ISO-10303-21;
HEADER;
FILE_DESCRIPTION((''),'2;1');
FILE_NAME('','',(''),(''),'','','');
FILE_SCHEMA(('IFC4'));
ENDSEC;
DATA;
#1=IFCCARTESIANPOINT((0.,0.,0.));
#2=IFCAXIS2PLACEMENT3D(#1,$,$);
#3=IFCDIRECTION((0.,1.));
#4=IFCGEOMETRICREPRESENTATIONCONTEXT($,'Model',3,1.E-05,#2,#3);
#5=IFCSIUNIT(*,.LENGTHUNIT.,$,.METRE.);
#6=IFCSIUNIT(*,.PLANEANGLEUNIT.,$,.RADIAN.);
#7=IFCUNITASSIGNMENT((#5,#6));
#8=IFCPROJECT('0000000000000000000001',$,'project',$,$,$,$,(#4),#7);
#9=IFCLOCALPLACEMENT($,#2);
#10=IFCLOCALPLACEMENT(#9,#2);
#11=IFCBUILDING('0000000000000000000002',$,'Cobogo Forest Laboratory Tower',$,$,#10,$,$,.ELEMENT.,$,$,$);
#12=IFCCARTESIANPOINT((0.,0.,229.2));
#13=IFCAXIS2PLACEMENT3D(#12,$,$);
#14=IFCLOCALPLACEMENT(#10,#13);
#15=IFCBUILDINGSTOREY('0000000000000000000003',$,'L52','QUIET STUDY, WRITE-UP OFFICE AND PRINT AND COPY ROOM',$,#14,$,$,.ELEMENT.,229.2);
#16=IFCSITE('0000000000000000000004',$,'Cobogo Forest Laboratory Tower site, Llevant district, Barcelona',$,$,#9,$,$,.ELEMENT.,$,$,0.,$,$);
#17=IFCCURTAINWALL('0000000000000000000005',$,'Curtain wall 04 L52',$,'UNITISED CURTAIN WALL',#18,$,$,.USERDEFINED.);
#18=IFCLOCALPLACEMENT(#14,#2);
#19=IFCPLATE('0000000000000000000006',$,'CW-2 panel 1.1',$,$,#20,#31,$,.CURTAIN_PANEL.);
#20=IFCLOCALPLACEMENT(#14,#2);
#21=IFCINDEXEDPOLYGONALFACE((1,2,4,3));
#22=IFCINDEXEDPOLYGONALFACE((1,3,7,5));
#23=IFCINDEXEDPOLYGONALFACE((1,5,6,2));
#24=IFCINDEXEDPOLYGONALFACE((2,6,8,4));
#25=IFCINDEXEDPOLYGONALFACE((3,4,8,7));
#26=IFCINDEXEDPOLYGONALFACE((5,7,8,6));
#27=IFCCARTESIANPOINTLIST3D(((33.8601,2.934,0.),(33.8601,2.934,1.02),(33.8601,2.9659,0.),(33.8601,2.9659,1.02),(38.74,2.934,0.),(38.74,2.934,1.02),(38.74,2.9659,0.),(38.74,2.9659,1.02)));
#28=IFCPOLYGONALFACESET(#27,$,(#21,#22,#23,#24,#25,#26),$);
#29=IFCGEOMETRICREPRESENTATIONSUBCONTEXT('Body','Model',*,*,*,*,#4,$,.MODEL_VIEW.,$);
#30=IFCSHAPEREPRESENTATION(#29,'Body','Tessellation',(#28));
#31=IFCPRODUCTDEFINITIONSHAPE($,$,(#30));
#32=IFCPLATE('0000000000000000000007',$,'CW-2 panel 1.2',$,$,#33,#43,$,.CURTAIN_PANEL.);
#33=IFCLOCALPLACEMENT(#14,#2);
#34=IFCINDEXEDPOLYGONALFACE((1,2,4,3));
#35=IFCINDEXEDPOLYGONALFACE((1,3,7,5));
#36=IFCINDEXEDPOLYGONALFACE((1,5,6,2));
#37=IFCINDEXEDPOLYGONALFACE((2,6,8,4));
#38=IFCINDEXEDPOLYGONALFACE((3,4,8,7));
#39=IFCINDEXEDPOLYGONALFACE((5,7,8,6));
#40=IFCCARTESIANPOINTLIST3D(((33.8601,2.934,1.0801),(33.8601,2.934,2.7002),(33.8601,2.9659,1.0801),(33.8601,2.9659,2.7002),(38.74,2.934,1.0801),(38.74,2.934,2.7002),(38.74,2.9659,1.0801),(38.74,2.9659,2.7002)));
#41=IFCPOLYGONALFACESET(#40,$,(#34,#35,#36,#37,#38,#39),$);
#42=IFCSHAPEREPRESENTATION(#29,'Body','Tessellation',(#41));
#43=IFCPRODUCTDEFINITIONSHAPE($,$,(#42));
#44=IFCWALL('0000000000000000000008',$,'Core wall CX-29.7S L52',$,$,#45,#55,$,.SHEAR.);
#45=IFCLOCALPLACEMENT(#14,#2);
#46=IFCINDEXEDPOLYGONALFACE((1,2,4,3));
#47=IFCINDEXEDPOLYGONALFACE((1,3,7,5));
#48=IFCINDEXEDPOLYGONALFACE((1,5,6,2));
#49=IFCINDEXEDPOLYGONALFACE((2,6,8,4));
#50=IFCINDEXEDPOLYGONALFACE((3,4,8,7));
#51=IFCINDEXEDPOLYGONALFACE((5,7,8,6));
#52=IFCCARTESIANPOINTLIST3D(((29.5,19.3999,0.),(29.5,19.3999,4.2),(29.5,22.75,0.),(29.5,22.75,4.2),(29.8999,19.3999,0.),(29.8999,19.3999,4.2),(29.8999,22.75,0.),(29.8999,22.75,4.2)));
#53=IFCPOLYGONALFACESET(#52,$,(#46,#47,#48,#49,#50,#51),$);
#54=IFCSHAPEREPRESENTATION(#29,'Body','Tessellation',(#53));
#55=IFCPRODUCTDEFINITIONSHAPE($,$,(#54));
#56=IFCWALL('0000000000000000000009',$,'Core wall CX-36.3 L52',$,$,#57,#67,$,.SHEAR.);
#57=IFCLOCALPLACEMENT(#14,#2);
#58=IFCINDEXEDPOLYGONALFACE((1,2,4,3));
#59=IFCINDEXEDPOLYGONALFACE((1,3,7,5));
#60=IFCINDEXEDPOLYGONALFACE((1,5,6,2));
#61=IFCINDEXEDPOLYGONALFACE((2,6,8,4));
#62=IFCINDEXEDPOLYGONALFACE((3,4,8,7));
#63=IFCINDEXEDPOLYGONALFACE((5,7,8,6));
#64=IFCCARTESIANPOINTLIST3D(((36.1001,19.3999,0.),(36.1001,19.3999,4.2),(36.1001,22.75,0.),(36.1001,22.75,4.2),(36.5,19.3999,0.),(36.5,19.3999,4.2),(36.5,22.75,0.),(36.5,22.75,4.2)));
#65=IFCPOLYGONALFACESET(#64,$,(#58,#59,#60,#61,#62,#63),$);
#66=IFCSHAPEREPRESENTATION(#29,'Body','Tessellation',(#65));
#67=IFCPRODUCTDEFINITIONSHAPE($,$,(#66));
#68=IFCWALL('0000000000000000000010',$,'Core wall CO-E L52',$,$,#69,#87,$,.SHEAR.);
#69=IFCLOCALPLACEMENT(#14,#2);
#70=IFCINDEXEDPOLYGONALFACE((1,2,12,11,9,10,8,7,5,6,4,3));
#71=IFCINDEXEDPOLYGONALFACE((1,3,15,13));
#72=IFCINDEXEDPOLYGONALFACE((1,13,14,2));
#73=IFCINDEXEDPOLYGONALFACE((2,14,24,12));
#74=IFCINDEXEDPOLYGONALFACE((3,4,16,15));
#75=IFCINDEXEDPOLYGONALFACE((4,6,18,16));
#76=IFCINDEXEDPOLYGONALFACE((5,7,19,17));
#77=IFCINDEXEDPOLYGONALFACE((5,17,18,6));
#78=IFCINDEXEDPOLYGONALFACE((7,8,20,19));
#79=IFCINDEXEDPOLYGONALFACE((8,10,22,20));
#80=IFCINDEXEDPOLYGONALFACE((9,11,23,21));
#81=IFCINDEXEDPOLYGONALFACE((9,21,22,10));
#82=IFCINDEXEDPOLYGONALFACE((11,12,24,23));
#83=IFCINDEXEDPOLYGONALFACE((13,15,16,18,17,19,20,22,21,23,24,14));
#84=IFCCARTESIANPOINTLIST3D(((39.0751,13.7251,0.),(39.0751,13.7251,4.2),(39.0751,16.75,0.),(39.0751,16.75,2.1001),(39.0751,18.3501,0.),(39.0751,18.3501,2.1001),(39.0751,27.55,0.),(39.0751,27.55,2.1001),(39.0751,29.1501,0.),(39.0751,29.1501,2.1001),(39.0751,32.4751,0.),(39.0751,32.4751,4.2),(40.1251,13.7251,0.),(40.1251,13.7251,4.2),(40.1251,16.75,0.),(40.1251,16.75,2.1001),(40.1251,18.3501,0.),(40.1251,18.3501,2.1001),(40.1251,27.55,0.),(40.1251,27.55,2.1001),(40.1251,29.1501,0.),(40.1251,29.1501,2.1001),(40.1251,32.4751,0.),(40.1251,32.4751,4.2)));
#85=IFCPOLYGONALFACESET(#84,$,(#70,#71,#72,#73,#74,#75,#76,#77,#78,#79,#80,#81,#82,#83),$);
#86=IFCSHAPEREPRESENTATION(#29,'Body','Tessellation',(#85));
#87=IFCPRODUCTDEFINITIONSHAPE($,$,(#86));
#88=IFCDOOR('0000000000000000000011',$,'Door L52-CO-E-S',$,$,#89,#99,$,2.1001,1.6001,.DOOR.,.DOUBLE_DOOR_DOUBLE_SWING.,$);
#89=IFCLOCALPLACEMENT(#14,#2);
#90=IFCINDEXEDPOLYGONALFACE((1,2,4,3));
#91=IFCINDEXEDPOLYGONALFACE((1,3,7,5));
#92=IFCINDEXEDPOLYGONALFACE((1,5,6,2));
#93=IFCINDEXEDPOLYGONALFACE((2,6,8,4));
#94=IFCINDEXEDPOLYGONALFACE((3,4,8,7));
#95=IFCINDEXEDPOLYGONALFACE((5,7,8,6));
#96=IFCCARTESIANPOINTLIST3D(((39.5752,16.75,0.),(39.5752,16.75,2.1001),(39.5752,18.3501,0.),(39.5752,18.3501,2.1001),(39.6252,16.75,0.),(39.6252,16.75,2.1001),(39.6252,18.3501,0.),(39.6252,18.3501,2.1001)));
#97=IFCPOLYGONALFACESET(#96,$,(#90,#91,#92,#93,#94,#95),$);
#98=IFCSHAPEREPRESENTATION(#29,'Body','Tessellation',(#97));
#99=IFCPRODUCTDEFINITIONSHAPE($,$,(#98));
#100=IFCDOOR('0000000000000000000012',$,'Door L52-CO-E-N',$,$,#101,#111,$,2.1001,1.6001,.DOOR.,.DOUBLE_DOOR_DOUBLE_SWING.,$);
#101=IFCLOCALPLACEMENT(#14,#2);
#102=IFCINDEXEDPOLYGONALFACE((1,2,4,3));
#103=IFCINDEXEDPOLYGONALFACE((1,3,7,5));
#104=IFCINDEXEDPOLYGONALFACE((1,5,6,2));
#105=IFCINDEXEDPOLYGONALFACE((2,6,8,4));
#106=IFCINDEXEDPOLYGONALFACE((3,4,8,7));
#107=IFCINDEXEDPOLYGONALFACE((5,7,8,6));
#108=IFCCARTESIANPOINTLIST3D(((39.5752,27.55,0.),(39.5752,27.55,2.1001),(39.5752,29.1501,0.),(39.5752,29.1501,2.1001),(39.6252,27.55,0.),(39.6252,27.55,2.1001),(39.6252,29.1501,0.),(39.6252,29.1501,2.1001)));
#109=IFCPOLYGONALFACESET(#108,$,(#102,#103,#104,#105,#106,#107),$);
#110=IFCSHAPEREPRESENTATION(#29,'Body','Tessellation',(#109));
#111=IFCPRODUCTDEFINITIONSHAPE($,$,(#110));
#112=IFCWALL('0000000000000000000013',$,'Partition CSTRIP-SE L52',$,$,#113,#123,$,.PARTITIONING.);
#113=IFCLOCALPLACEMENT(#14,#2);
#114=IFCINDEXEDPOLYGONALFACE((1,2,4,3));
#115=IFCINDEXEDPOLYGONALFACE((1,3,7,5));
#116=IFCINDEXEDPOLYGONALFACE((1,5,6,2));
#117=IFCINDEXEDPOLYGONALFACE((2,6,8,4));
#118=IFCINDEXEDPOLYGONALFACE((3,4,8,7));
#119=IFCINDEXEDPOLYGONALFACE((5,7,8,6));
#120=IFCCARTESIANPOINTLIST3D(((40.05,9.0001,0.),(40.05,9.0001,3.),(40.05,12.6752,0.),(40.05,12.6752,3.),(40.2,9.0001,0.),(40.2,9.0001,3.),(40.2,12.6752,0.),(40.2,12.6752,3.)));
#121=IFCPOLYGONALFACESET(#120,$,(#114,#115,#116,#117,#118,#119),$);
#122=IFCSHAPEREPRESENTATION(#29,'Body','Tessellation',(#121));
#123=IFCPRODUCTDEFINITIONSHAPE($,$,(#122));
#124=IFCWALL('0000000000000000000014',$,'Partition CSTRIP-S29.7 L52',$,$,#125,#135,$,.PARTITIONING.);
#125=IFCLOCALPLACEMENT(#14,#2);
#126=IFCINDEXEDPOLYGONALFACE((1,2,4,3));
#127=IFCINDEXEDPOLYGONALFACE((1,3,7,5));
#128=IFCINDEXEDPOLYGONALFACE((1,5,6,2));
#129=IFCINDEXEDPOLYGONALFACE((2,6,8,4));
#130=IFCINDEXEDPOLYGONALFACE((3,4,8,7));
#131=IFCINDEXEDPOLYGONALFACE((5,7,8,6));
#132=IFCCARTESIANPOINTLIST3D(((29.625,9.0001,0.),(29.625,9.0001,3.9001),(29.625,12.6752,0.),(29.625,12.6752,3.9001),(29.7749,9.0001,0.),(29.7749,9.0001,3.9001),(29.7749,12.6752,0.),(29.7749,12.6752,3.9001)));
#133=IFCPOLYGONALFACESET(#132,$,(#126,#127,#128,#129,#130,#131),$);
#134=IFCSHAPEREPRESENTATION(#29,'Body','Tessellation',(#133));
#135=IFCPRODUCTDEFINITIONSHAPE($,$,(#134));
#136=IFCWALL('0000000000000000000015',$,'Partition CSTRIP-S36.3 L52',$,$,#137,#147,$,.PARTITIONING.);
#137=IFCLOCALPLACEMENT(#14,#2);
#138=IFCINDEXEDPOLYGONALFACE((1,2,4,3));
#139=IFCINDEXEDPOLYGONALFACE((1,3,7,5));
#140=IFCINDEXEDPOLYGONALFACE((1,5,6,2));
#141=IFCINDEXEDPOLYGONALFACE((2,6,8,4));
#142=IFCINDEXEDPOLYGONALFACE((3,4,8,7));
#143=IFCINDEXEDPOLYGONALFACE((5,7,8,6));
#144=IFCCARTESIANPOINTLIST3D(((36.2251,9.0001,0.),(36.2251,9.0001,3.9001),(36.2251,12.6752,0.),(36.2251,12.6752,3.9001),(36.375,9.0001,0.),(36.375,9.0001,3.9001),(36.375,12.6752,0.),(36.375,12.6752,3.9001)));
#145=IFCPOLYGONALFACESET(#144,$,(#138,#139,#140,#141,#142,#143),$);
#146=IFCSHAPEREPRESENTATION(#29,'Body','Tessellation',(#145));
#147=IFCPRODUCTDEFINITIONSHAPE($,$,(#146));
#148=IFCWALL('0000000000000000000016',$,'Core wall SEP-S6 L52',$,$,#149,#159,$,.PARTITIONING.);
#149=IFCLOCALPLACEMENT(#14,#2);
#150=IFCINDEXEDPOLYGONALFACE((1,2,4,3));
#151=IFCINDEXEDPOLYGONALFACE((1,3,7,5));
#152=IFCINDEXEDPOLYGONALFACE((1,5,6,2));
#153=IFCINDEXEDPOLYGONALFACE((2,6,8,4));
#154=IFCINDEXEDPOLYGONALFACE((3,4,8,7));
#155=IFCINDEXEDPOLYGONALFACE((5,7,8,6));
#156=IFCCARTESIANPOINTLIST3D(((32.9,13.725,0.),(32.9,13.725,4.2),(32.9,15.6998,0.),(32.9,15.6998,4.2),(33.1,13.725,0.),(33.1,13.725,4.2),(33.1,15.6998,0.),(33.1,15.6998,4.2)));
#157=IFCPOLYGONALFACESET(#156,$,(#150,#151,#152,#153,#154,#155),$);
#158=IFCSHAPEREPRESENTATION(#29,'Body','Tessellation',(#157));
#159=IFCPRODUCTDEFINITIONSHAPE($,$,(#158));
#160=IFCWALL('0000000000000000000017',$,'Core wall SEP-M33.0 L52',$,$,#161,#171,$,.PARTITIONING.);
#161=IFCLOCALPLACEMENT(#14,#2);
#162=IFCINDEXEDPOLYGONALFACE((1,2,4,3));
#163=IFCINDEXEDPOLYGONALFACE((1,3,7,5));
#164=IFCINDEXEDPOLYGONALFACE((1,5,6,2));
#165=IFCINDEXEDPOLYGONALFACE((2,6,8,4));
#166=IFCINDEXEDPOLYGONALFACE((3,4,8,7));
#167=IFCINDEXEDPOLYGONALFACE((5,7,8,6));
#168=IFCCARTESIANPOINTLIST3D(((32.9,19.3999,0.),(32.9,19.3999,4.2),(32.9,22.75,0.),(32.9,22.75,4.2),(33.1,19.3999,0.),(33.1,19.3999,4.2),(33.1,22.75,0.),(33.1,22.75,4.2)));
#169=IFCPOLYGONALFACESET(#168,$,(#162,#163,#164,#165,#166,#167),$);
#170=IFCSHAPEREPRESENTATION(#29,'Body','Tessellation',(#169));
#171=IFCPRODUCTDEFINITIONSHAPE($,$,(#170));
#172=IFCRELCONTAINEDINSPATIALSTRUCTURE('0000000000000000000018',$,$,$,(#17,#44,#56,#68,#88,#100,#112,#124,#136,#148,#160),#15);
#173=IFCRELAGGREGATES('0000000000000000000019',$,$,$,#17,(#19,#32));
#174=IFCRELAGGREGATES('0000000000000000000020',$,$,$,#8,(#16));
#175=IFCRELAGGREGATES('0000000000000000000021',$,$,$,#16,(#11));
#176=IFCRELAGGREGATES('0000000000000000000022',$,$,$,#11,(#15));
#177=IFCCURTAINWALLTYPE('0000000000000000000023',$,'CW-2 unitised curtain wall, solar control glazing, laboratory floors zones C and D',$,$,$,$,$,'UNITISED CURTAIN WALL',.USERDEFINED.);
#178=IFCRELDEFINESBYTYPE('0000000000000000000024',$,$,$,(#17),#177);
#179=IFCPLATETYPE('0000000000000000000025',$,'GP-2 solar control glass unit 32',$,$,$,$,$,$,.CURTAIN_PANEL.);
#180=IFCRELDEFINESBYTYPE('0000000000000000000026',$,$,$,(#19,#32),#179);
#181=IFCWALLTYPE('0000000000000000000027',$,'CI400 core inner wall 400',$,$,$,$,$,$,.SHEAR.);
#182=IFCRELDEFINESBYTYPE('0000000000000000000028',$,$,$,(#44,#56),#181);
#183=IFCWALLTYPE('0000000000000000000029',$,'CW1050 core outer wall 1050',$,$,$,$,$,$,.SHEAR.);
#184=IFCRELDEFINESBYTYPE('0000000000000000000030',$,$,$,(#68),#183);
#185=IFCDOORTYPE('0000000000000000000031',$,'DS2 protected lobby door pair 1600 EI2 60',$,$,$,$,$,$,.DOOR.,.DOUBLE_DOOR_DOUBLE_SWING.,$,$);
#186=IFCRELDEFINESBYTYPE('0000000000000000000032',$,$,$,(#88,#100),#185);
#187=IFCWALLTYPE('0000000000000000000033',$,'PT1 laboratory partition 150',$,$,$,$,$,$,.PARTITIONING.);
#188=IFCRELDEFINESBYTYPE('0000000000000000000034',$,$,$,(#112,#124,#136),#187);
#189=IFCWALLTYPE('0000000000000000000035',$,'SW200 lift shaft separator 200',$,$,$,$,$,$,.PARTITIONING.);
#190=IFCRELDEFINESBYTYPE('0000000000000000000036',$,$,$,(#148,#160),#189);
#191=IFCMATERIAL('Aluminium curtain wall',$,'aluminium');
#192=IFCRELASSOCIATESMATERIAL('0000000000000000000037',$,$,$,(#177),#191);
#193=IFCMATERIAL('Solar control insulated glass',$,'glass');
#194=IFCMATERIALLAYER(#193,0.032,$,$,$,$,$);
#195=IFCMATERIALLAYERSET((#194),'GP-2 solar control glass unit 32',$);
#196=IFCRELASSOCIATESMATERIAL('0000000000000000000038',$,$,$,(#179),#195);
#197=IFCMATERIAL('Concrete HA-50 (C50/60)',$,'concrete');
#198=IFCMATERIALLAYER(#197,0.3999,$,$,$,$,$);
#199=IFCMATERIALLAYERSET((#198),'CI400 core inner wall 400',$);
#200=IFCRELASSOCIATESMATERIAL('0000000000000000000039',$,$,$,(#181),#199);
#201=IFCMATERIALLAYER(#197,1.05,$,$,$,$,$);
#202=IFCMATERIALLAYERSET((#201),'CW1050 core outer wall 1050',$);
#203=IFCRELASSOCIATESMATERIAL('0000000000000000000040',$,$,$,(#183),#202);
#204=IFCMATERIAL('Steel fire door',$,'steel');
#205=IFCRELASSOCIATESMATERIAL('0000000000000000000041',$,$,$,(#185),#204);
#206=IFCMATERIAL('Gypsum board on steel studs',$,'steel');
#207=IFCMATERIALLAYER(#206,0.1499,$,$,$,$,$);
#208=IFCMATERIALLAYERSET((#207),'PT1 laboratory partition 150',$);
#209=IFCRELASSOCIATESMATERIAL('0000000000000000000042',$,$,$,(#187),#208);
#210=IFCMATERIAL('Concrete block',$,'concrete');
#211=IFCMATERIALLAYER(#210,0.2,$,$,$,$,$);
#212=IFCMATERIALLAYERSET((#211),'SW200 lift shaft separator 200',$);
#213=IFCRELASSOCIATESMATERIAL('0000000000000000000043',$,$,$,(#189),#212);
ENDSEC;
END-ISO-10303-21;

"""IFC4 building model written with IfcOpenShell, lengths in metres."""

from ifc_helpers import new_model, si_unit, direction, frame, frame_2d, origin, origin_2d, place, context, subcontext, project, spatial, rectangle, extrude, material, layer, layer_set, type_object, element, fill, aggregate, save


model = new_model("IFC4")

# Units and contexts
model_context = context("Model", 3, precision=1e-05, world=origin(), true_north=direction((0.0, 1.0)))
body_context = subcontext(model_context, "Body", "Model", "MODEL_VIEW")
ifc_project = project(units=[si_unit("LENGTHUNIT", "METRE"), si_unit("PLANEANGLEUNIT", "RADIAN")], contexts=[model_context])

# Site, building, storey
site_placement = place(None, origin())
site = spatial("IfcSite", under=ifc_project, at=site_placement, Name="Cobogo Forest Laboratory Tower site, Llevant district, Barcelona", CompositionType="ELEMENT", RefElevation=0.0)
building_placement = place(site_placement, origin())
building = spatial("IfcBuilding", under=site, at=building_placement, Name="Cobogo Forest Laboratory Tower", CompositionType="ELEMENT")
storey_placement = place(building_placement, frame((0.0, 0.0, 229.2)))
storey = spatial("IfcBuildingStorey", under=building, at=storey_placement, Name="L52", Description="QUIET STUDY, WRITE-UP OFFICE AND PRINT AND COPY ROOM", CompositionType="ELEMENT", Elevation=229.2)

# Shared definitions
ifc_material_1 = material(Name="Concrete HA-50 (C50/60)", Category="concrete")

# Curtain wall
ifc_material_2 = material(Name="Aluminium curtain wall", Category="aluminium")
curtain_wall_type = type_object("IfcCurtainWallType", Name="CW-2 unitised curtain wall, solar control glazing, laboratory floors zones C and D", ElementType="UNITISED CURTAIN WALL", PredefinedType="USERDEFINED", material=ifc_material_2)
curtain_wall_1_placement = place(storey_placement, origin())
curtain_wall_1 = element("IfcCurtainWall", 1, at=curtain_wall_1_placement, inside=storey, type_object=curtain_wall_type, Name="Curtain wall 04 L52", ObjectType="UNITISED CURTAIN WALL", PredefinedType="USERDEFINED")

# Plates
ifc_material_3 = material(Name="Solar control insulated glass", Category="glass")
ifc_layer_1 = layer(ifc_material_3, 0.032)
ifc_layer_set_1 = layer_set([ifc_layer_1], Name="GP-2 solar control glass unit 32")
plate_type_1 = type_object("IfcPlateType", Name="GP-2 solar control glass unit 32", PredefinedType="CURTAIN_PANEL", material=ifc_layer_set_1)
plate_1_placement = place(storey_placement, frame((36.3, 2.95, 0.0), z_axis=(0.0, 0.0, 1.0), x_axis=(1.0, 0.0, 0.0)))
plate_1 = element("IfcPlate", 2, at=plate_1_placement, type_object=plate_type_1, Name="CW-2 panel 1.1", PredefinedType="CURTAIN_PANEL", context=body_context, shape_type="SweptSolid", body=[
    extrude(rectangle(XDim=4.8799, YDim=0.032, at=origin_2d()), origin(), (0.0, 0.0, 1.0), 1.02),
])
plate_2_placement = place(storey_placement, frame((36.3, 2.95, 1.0801), z_axis=(0.0, 0.0, 1.0), x_axis=(1.0, 0.0, 0.0)))
plate_2 = element("IfcPlate", 3, at=plate_2_placement, type_object=plate_type_1, Name="CW-2 panel 1.2", PredefinedType="CURTAIN_PANEL", context=body_context, shape_type="SweptSolid", body=[
    extrude(rectangle(XDim=4.8799, YDim=0.032, at=origin_2d()), origin(), (0.0, 0.0, 1.0), 1.6201),
])
aggregate(curtain_wall_1, [plate_1, plate_2])

# Walls
ifc_layer_2 = layer(ifc_material_1, 0.3999)
ifc_layer_set_2 = layer_set([ifc_layer_2], Name="CI400 core inner wall 400")
wall_type_1 = type_object("IfcWallType", Name="CI400 core inner wall 400", PredefinedType="SHEAR", material=ifc_layer_set_2)
for number, where, z_axis, x_axis, name in (
    (4, (29.7, 19.3999, 0.0), (0.0, 0.0, 1.0), (0.0, 1.0, 0.0), "Core wall CX-29.7S L52"),
    (5, (36.3, 19.3999, 0.0), (0.0, 0.0, 1.0), (0.0, 1.0, 0.0), "Core wall CX-36.3 L52"),
):
    element("IfcWall", number, at=place(storey_placement, frame(where, z_axis=z_axis, x_axis=x_axis)), inside=storey, type_object=wall_type_1, Name=name, PredefinedType="SHEAR", context=body_context, shape_type="SweptSolid", body=[
        extrude(rectangle(XDim=3.3501, YDim=0.3999, at=frame_2d((1.675, 0.0))), origin(), (0.0, 0.0, 1.0), 4.2),
    ])

# Wall, openings, doors
ifc_layer_3 = layer(ifc_material_1, 1.05)
ifc_layer_set_3 = layer_set([ifc_layer_3], Name="CW1050 core outer wall 1050")
wall_type_2 = type_object("IfcWallType", Name="CW1050 core outer wall 1050", PredefinedType="SHEAR", material=ifc_layer_set_3)
wall_1_placement = place(storey_placement, frame((39.6001, 13.7251, 0.0), z_axis=(0.0, 0.0, 1.0), x_axis=(0.0, 1.0, 0.0)))
wall_1 = element("IfcWall", 6, at=wall_1_placement, inside=storey, type_object=wall_type_2, Name="Core wall CO-E L52", PredefinedType="SHEAR", context=body_context, shape_type="SweptSolid", body=[
    extrude(rectangle(XDim=18.75, YDim=1.05, at=frame_2d((9.375, 0.0))), origin(), (0.0, 0.0, 1.0), 4.2),
])
opening_1_placement = place(wall_1_placement, frame((3.0249, 0.0, 0.0)))
opening_1 = element("IfcOpeningElement", 7, at=opening_1_placement, cuts=wall_1, PredefinedType="OPENING", context=body_context, shape_type="SweptSolid", body=[
    extrude(rectangle(XDim=1.6001, YDim=2.1001, at=frame_2d((0.8, 1.05))), frame((0.0, 0.5349, 0.0), z_axis=(0.0, -1.0, 0.0), x_axis=(1.0, 0.0, 0.0)), (0.0, 0.0, 1.0), 1.0701),
])
opening_2_placement = place(wall_1_placement, frame((13.825, 0.0, 0.0)))
opening_2 = element("IfcOpeningElement", 8, at=opening_2_placement, cuts=wall_1, PredefinedType="OPENING", context=body_context, shape_type="SweptSolid", body=[
    extrude(rectangle(XDim=1.6001, YDim=2.1001, at=frame_2d((0.8, 1.05))), frame((0.0, 0.5349, 0.0), z_axis=(0.0, -1.0, 0.0), x_axis=(1.0, 0.0, 0.0)), (0.0, 0.0, 1.0), 1.0701),
])
ifc_material_4 = material(Name="Steel fire door", Category="steel")
door_type = type_object("IfcDoorType", Name="DS2 protected lobby door pair 1600 EI2 60", OperationType="DOUBLE_DOOR_DOUBLE_SWING", PredefinedType="DOOR", material=ifc_material_4)
door_1_placement = place(opening_1_placement, origin())
door_1 = element("IfcDoor", 9, at=door_1_placement, inside=storey, type_object=door_type, Name="Door L52-CO-E-S", OperationType="DOUBLE_DOOR_DOUBLE_SWING", OverallHeight=2.1001, OverallWidth=1.6001, PredefinedType="DOOR", context=body_context, shape_type="SweptSolid", body=[
    extrude(rectangle(XDim=1.6001, YDim=2.1001, at=frame_2d((0.8, 1.05))), frame((0.0, 0.0249, 0.0), z_axis=(0.0, -1.0, 0.0), x_axis=(1.0, 0.0, 0.0)), (0.0, 0.0, 1.0), 0.05),
])
fill(opening_1, door_1)
door_2_placement = place(opening_2_placement, origin())
door_2 = element("IfcDoor", 10, at=door_2_placement, inside=storey, type_object=door_type, Name="Door L52-CO-E-N", OperationType="DOUBLE_DOOR_DOUBLE_SWING", OverallHeight=2.1001, OverallWidth=1.6001, PredefinedType="DOOR", context=body_context, shape_type="SweptSolid", body=[
    extrude(rectangle(XDim=1.6001, YDim=2.1001, at=frame_2d((0.8, 1.05))), frame((0.0, 0.0249, 0.0), z_axis=(0.0, -1.0, 0.0), x_axis=(1.0, 0.0, 0.0)), (0.0, 0.0, 1.0), 0.05),
])
fill(opening_2, door_2)

# Walls
ifc_material_5 = material(Name="Gypsum board on steel studs", Category="steel")
ifc_layer_4 = layer(ifc_material_5, 0.1499)
ifc_layer_set_4 = layer_set([ifc_layer_4], Name="PT1 laboratory partition 150")
wall_type_3 = type_object("IfcWallType", Name="PT1 laboratory partition 150", PredefinedType="PARTITIONING", material=ifc_layer_set_4)
wall_2_placement = place(storey_placement, frame((40.125, 12.675, 0.0), z_axis=(0.0, 0.0, 1.0), x_axis=(0.0, -1.0, 0.0)))
element("IfcWall", 11, at=wall_2_placement, inside=storey, type_object=wall_type_3, Name="Partition CSTRIP-SE L52", PredefinedType="PARTITIONING", context=body_context, shape_type="SweptSolid", body=[
    extrude(rectangle(XDim=3.675, YDim=0.1499, at=frame_2d((1.8374, 0.0))), origin(), (0.0, 0.0, 1.0), 3.0),
])
for number, where, z_axis, x_axis, name in (
    (12, (29.7, 12.675, 0.0), (0.0, 0.0, 1.0), (0.0, -1.0, 0.0), "Partition CSTRIP-S29.7 L52"),
    (13, (36.3, 12.675, 0.0), (0.0, 0.0, 1.0), (0.0, -1.0, 0.0), "Partition CSTRIP-S36.3 L52"),
):
    element("IfcWall", number, at=place(storey_placement, frame(where, z_axis=z_axis, x_axis=x_axis)), inside=storey, type_object=wall_type_3, Name=name, PredefinedType="PARTITIONING", context=body_context, shape_type="SweptSolid", body=[
        extrude(rectangle(XDim=3.675, YDim=0.1499, at=frame_2d((1.8374, 0.0))), origin(), (0.0, 0.0, 1.0), 3.9001),
    ])
ifc_material_6 = material(Name="Concrete block", Category="concrete")
ifc_layer_5 = layer(ifc_material_6, 0.2)
ifc_layer_set_5 = layer_set([ifc_layer_5], Name="SW200 lift shaft separator 200")
wall_type_4 = type_object("IfcWallType", Name="SW200 lift shaft separator 200", PredefinedType="PARTITIONING", material=ifc_layer_set_5)
wall_3_placement = place(storey_placement, frame((33.0, 13.7251, 0.0), z_axis=(0.0, 0.0, 1.0), x_axis=(0.0, 1.0, 0.0)))
element("IfcWall", 14, at=wall_3_placement, inside=storey, type_object=wall_type_4, Name="Core wall SEP-S6 L52", PredefinedType="PARTITIONING", context=body_context, shape_type="SweptSolid", body=[
    extrude(rectangle(XDim=1.9749, YDim=0.2, at=frame_2d((0.9873, 0.0))), origin(), (0.0, 0.0, 1.0), 4.2),
])
wall_4_placement = place(storey_placement, frame((33.0, 19.3999, 0.0), z_axis=(0.0, 0.0, 1.0), x_axis=(0.0, 1.0, 0.0)))
element("IfcWall", 15, at=wall_4_placement, inside=storey, type_object=wall_type_4, Name="Core wall SEP-M33.0 L52", PredefinedType="PARTITIONING", context=body_context, shape_type="SweptSolid", body=[
    extrude(rectangle(XDim=3.3501, YDim=0.2, at=frame_2d((1.675, 0.0))), origin(), (0.0, 0.0, 1.0), 4.2),
])

save(model, "model.ifc")
